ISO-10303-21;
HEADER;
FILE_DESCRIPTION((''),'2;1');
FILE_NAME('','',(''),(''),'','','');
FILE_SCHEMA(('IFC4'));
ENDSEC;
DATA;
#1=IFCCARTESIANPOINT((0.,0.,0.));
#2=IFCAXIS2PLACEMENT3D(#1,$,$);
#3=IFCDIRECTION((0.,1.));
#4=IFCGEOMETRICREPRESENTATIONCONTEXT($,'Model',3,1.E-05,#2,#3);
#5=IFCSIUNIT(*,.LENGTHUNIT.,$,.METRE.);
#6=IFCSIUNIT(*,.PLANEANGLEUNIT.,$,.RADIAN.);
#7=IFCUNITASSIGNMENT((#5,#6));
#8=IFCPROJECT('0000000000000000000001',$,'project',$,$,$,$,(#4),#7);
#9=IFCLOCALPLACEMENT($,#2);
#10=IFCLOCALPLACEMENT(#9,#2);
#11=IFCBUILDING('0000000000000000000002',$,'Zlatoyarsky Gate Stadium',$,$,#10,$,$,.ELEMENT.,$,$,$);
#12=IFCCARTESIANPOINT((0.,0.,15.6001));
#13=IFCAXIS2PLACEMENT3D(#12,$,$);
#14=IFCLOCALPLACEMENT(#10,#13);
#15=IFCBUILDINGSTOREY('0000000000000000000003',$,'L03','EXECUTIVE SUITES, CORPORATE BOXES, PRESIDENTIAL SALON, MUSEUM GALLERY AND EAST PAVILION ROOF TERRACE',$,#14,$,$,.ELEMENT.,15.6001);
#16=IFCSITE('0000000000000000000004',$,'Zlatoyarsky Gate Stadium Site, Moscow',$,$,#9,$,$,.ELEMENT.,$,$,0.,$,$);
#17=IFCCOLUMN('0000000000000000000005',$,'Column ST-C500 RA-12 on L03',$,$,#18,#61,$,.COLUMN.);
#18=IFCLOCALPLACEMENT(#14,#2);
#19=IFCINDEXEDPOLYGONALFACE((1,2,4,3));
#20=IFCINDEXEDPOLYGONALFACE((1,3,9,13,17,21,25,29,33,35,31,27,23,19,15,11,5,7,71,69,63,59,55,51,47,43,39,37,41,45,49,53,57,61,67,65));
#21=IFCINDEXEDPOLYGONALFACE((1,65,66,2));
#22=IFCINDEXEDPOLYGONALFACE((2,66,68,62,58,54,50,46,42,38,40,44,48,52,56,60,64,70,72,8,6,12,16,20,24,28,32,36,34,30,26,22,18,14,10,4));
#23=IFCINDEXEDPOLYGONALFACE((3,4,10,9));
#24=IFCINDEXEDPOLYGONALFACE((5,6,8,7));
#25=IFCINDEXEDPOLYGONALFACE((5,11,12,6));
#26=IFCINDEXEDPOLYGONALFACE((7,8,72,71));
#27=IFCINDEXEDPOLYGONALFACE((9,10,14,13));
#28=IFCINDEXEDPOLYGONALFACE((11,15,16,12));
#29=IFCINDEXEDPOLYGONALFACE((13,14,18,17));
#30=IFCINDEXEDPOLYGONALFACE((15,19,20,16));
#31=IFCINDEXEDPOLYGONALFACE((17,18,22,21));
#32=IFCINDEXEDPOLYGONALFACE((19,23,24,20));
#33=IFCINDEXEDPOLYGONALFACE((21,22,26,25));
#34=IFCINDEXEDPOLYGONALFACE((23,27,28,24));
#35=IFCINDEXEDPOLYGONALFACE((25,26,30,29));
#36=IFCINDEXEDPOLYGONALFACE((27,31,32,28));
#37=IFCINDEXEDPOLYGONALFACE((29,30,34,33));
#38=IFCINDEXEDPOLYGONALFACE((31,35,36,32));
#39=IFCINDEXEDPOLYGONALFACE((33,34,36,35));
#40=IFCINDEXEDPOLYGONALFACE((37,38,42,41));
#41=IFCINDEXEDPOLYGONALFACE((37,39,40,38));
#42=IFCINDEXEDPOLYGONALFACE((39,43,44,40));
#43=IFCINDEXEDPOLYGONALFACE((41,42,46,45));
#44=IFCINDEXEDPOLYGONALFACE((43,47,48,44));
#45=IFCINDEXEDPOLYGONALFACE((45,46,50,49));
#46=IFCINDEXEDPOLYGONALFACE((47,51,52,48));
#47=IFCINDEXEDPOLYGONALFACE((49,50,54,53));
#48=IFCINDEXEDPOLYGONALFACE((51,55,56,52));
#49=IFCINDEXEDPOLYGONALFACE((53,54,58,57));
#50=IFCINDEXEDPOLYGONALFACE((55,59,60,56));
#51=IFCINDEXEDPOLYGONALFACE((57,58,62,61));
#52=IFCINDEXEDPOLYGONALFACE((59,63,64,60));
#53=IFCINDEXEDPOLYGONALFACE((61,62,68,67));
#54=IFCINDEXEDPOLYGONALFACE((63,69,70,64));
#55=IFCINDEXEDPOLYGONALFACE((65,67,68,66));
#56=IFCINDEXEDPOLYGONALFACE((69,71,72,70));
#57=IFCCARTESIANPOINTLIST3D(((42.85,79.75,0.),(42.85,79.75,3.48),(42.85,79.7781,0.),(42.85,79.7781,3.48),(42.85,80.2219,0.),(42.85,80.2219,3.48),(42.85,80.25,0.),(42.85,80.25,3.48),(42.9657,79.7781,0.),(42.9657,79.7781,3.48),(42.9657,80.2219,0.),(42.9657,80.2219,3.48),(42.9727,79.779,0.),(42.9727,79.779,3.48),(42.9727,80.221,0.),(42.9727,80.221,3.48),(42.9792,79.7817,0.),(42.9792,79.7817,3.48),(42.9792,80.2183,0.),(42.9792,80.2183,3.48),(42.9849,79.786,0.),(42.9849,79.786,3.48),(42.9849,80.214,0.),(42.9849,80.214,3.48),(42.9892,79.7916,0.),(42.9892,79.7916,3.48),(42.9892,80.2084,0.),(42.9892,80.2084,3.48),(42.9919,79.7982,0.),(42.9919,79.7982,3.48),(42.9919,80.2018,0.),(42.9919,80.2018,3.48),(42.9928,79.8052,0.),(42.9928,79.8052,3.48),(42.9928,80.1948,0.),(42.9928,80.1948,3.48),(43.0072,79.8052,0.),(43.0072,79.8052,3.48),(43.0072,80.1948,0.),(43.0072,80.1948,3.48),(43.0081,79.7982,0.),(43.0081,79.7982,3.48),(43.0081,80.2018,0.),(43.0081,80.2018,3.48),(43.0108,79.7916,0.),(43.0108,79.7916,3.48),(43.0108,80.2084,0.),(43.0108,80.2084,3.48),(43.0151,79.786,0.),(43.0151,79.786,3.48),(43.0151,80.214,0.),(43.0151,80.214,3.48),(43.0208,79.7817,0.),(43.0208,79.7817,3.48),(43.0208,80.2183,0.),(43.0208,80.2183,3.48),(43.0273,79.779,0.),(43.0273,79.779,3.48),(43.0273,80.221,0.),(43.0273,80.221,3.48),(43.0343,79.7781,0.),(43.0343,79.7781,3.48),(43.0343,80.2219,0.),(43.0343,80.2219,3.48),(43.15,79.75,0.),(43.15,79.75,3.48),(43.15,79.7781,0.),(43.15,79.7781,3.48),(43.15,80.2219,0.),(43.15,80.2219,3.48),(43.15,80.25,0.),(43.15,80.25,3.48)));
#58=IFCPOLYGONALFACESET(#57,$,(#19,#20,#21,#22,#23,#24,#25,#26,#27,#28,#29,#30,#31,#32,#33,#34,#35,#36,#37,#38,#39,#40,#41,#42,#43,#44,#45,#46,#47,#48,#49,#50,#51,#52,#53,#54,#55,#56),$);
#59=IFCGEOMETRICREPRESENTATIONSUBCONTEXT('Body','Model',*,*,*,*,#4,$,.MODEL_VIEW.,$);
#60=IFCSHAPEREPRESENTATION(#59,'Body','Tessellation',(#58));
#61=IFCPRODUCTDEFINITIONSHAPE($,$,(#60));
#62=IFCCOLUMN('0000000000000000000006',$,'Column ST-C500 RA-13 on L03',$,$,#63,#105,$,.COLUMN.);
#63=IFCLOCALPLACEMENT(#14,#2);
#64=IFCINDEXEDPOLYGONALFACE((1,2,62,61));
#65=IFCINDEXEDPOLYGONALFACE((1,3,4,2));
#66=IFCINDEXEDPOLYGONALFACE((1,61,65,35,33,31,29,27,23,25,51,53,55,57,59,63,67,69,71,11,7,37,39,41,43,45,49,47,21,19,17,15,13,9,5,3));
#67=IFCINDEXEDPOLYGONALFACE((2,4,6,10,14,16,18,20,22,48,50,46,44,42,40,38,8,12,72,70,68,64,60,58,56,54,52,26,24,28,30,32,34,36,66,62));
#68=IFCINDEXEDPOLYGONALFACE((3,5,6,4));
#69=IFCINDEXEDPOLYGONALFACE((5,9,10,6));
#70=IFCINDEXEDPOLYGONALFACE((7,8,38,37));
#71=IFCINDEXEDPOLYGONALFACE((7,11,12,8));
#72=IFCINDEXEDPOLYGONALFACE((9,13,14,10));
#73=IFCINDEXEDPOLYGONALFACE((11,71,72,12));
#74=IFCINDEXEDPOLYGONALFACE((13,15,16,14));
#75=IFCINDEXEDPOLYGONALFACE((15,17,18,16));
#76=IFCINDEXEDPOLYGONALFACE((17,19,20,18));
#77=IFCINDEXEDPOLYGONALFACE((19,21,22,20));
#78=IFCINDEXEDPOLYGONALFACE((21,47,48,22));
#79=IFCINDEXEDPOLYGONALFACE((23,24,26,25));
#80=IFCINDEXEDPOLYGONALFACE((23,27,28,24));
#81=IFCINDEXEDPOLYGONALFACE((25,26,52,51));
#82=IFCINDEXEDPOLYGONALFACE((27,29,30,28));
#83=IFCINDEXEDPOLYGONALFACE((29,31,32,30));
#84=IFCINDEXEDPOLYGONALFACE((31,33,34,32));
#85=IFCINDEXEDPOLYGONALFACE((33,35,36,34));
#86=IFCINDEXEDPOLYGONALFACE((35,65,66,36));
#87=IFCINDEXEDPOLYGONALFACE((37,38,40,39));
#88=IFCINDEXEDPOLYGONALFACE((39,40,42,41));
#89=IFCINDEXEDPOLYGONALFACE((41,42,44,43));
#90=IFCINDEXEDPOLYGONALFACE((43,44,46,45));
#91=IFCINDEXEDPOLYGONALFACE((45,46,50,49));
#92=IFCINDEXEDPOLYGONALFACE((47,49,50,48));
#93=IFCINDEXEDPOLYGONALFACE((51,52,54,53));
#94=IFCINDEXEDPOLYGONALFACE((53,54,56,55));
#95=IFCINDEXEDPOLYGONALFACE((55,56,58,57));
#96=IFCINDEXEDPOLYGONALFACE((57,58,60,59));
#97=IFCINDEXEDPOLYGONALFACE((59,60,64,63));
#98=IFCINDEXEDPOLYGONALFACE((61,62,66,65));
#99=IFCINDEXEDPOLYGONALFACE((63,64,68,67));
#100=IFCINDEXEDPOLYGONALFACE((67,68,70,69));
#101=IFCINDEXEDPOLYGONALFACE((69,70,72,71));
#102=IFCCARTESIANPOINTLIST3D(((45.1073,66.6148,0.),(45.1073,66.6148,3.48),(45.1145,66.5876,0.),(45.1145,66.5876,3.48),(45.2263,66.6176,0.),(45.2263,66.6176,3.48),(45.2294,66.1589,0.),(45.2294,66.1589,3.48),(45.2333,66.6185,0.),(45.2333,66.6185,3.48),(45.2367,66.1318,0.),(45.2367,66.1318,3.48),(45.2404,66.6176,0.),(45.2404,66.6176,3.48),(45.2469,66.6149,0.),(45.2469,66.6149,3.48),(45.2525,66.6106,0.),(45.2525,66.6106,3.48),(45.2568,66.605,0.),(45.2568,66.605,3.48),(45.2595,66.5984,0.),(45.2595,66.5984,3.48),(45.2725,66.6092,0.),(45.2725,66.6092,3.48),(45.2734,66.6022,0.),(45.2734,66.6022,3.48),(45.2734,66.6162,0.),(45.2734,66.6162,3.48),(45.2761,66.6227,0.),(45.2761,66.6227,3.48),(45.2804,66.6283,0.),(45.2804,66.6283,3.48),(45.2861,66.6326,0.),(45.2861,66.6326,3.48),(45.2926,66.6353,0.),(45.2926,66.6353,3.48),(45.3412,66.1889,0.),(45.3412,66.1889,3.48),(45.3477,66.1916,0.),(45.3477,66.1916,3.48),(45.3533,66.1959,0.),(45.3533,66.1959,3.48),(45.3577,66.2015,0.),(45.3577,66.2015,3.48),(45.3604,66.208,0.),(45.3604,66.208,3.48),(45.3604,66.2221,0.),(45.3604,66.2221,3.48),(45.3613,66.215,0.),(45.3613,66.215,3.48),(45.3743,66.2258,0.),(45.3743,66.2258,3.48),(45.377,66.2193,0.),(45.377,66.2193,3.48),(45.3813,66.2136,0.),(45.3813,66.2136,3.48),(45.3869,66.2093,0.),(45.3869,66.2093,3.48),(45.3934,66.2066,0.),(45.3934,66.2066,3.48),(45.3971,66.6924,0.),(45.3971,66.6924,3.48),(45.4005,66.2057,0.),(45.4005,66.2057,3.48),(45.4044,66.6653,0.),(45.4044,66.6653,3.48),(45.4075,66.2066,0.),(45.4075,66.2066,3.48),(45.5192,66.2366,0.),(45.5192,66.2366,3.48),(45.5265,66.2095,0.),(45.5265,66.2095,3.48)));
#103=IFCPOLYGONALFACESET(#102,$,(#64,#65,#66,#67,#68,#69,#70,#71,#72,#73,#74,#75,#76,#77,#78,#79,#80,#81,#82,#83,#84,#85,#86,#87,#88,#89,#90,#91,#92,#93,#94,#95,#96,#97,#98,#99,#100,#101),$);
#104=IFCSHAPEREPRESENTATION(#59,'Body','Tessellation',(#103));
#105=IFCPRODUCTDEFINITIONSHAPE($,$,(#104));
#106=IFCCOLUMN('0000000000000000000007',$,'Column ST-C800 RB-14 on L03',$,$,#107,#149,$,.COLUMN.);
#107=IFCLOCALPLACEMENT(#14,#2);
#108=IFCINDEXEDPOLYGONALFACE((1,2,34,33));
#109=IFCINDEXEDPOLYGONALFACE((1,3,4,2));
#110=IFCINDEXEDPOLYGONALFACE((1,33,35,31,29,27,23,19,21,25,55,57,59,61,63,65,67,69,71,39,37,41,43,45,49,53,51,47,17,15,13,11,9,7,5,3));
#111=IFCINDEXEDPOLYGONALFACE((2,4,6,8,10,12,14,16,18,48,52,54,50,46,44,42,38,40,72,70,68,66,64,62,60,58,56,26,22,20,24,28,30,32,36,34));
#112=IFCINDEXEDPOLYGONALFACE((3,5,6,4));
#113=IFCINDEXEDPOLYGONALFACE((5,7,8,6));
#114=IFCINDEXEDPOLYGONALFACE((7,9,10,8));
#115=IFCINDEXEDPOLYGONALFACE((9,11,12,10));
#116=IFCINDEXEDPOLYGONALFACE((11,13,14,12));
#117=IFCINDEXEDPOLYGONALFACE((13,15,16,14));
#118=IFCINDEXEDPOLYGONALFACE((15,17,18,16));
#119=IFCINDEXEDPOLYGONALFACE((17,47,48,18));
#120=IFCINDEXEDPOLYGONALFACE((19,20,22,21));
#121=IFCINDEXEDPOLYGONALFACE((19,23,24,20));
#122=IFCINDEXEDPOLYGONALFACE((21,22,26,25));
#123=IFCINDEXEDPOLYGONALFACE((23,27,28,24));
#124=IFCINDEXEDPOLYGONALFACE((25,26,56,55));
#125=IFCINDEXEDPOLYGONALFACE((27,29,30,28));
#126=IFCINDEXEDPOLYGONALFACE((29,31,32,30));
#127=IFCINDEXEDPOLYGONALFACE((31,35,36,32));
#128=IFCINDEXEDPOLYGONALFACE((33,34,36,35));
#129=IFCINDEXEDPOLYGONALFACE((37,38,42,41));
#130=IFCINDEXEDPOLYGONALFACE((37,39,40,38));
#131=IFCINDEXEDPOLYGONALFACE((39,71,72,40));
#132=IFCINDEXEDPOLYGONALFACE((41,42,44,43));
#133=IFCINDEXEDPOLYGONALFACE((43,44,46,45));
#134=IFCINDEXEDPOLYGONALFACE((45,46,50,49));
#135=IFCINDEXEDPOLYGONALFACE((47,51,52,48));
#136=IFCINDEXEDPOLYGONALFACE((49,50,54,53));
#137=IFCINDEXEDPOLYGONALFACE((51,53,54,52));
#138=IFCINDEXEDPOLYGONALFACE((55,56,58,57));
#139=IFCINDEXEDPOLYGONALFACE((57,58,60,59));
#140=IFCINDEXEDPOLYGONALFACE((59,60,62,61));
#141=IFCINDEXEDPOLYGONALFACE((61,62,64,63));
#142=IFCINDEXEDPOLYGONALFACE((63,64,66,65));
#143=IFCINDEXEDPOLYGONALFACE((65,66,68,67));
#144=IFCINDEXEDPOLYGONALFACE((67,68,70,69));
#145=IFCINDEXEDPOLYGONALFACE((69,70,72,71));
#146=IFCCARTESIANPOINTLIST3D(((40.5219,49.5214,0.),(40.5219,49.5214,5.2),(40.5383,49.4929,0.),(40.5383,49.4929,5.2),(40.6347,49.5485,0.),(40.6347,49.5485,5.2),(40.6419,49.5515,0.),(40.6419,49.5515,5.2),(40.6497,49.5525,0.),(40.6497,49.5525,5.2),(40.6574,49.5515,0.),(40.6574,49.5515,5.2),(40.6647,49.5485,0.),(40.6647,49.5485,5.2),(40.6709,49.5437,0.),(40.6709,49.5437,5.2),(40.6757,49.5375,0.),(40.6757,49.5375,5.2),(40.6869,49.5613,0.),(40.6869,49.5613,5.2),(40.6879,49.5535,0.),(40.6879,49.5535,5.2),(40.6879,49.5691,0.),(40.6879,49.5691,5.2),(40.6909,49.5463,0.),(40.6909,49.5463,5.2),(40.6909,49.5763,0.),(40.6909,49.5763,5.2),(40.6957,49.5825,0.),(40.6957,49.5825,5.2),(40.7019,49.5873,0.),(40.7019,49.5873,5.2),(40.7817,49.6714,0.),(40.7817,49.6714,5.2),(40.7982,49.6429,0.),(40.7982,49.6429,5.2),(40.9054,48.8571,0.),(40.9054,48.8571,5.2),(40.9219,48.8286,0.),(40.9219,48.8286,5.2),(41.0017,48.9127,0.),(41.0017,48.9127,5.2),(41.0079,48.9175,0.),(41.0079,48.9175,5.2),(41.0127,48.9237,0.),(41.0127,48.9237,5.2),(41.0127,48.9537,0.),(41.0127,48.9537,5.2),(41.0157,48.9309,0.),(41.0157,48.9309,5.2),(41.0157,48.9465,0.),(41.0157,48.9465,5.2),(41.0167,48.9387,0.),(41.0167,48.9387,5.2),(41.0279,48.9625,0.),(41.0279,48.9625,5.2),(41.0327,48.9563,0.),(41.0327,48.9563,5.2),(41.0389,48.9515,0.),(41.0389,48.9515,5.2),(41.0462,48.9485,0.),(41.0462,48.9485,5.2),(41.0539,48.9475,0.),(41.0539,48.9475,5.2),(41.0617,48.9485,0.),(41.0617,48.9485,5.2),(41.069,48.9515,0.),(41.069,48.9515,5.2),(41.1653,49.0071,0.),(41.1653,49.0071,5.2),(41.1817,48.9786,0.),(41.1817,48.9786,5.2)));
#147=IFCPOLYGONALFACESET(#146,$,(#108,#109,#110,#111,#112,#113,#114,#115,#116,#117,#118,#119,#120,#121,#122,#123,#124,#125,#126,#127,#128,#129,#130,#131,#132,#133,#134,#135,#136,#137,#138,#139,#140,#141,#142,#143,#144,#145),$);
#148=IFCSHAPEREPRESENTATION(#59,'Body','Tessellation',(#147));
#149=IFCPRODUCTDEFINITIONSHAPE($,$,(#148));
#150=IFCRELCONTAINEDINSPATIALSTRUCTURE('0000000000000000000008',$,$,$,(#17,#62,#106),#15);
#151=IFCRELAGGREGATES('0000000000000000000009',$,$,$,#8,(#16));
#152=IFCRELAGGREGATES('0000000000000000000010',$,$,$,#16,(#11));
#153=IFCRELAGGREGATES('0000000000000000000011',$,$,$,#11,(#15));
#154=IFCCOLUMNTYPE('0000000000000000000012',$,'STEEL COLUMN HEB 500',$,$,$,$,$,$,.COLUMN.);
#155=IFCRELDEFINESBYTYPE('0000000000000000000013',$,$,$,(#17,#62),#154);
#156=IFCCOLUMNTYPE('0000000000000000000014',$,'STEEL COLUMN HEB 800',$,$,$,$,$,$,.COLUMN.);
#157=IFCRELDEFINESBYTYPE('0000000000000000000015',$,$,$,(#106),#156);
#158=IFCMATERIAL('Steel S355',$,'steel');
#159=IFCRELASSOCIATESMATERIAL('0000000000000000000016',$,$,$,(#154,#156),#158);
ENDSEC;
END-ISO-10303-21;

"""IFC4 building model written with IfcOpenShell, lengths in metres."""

from ifc_helpers import new_model, si_unit, direction, frame, origin, origin_2d, place, context, subcontext, project, spatial, i_section, extrude, material, material_profile, profile_set, type_object, element, save


model = new_model("IFC4")

# Units and contexts
model_context = context("Model", 3, precision=1e-05, world=origin(), true_north=direction((0.0, 1.0)))
body_context = subcontext(model_context, "Body", "Model", "MODEL_VIEW")
ifc_project = project(units=[si_unit("LENGTHUNIT", "METRE"), si_unit("PLANEANGLEUNIT", "RADIAN")], contexts=[model_context])

# Site, building, storey
site_placement = place(None, origin())
site = spatial("IfcSite", under=ifc_project, at=site_placement, Name="Zlatoyarsky Gate Stadium Site, Moscow", CompositionType="ELEMENT", RefElevation=0.0)
building_placement = place(site_placement, origin())
building = spatial("IfcBuilding", under=site, at=building_placement, Name="Zlatoyarsky Gate Stadium", CompositionType="ELEMENT")
storey_placement = place(building_placement, frame((0.0, 0.0, 15.6001)))
storey = spatial("IfcBuildingStorey", under=building, at=storey_placement, Name="L03", Description="EXECUTIVE SUITES, CORPORATE BOXES, PRESIDENTIAL SALON, MUSEUM GALLERY AND EAST PAVILION ROOF TERRACE", CompositionType="ELEMENT", Elevation=15.6001)

# Columns
ifc_material_1 = material(Name="Steel S355", Category="steel")
ifc_material_profile_1 = material_profile(ifc_material_1, i_section(OverallWidth=0.3, OverallDepth=0.5, WebThickness=0.0144, FlangeThickness=0.0281, FilletRadius=0.0271, at=origin_2d()), Name="HEB 500")
ifc_profile_set_1 = profile_set([ifc_material_profile_1], Name="Steel S355")
column_type_1 = type_object("IfcColumnType", Name="STEEL COLUMN HEB 500", PredefinedType="COLUMN", material=ifc_profile_set_1)
for number, where, z_axis, x_axis, name in (
    (1, (43.0, 80.0, 0.0), (0.0, 0.0, 1.0), (-1.0, 0.0, 0.0), "Column ST-C500 RA-12 on L03"),
    (2, (45.3169, 66.4121, 0.0), (0.0, 0.0, 1.0), (-0.965926, -0.258819, 0.0), "Column ST-C500 RA-13 on L03"),
):
    element("IfcColumn", number, at=place(storey_placement, frame(where, z_axis=z_axis, x_axis=x_axis)), inside=storey, type_object=column_type_1, Name=name, PredefinedType="COLUMN", context=body_context, shape_type="SweptSolid", body=[
        extrude(i_section(OverallWidth=0.3, OverallDepth=0.5, WebThickness=0.0144, FlangeThickness=0.0281, FilletRadius=0.0271, at=origin_2d()), origin(), (0.0, 0.0, 1.0), 3.48),
    ])
ifc_material_profile_2 = material_profile(ifc_material_1, i_section(OverallWidth=0.3, OverallDepth=0.8, WebThickness=0.0176, FlangeThickness=0.033, FilletRadius=0.03, at=origin_2d()), Name="HEB 800")
ifc_profile_set_2 = profile_set([ifc_material_profile_2], Name="Steel S355")
column_type_2 = type_object("IfcColumnType", Name="STEEL COLUMN HEB 800", PredefinedType="COLUMN", material=ifc_profile_set_2)
column_placement = place(storey_placement, frame((40.8518, 49.25, 0.0), z_axis=(0.0, 0.0, 1.0), x_axis=(-0.866025, -0.5, 0.0)))
element("IfcColumn", 3, at=column_placement, inside=storey, type_object=column_type_2, Name="Column ST-C800 RB-14 on L03", PredefinedType="COLUMN", context=body_context, shape_type="SweptSolid", body=[
    extrude(i_section(OverallWidth=0.3, OverallDepth=0.8, WebThickness=0.0176, FlangeThickness=0.033, FilletRadius=0.03, at=origin_2d()), origin(), (0.0, 0.0, 1.0), 5.2),
])

save(model, "model.ifc")
